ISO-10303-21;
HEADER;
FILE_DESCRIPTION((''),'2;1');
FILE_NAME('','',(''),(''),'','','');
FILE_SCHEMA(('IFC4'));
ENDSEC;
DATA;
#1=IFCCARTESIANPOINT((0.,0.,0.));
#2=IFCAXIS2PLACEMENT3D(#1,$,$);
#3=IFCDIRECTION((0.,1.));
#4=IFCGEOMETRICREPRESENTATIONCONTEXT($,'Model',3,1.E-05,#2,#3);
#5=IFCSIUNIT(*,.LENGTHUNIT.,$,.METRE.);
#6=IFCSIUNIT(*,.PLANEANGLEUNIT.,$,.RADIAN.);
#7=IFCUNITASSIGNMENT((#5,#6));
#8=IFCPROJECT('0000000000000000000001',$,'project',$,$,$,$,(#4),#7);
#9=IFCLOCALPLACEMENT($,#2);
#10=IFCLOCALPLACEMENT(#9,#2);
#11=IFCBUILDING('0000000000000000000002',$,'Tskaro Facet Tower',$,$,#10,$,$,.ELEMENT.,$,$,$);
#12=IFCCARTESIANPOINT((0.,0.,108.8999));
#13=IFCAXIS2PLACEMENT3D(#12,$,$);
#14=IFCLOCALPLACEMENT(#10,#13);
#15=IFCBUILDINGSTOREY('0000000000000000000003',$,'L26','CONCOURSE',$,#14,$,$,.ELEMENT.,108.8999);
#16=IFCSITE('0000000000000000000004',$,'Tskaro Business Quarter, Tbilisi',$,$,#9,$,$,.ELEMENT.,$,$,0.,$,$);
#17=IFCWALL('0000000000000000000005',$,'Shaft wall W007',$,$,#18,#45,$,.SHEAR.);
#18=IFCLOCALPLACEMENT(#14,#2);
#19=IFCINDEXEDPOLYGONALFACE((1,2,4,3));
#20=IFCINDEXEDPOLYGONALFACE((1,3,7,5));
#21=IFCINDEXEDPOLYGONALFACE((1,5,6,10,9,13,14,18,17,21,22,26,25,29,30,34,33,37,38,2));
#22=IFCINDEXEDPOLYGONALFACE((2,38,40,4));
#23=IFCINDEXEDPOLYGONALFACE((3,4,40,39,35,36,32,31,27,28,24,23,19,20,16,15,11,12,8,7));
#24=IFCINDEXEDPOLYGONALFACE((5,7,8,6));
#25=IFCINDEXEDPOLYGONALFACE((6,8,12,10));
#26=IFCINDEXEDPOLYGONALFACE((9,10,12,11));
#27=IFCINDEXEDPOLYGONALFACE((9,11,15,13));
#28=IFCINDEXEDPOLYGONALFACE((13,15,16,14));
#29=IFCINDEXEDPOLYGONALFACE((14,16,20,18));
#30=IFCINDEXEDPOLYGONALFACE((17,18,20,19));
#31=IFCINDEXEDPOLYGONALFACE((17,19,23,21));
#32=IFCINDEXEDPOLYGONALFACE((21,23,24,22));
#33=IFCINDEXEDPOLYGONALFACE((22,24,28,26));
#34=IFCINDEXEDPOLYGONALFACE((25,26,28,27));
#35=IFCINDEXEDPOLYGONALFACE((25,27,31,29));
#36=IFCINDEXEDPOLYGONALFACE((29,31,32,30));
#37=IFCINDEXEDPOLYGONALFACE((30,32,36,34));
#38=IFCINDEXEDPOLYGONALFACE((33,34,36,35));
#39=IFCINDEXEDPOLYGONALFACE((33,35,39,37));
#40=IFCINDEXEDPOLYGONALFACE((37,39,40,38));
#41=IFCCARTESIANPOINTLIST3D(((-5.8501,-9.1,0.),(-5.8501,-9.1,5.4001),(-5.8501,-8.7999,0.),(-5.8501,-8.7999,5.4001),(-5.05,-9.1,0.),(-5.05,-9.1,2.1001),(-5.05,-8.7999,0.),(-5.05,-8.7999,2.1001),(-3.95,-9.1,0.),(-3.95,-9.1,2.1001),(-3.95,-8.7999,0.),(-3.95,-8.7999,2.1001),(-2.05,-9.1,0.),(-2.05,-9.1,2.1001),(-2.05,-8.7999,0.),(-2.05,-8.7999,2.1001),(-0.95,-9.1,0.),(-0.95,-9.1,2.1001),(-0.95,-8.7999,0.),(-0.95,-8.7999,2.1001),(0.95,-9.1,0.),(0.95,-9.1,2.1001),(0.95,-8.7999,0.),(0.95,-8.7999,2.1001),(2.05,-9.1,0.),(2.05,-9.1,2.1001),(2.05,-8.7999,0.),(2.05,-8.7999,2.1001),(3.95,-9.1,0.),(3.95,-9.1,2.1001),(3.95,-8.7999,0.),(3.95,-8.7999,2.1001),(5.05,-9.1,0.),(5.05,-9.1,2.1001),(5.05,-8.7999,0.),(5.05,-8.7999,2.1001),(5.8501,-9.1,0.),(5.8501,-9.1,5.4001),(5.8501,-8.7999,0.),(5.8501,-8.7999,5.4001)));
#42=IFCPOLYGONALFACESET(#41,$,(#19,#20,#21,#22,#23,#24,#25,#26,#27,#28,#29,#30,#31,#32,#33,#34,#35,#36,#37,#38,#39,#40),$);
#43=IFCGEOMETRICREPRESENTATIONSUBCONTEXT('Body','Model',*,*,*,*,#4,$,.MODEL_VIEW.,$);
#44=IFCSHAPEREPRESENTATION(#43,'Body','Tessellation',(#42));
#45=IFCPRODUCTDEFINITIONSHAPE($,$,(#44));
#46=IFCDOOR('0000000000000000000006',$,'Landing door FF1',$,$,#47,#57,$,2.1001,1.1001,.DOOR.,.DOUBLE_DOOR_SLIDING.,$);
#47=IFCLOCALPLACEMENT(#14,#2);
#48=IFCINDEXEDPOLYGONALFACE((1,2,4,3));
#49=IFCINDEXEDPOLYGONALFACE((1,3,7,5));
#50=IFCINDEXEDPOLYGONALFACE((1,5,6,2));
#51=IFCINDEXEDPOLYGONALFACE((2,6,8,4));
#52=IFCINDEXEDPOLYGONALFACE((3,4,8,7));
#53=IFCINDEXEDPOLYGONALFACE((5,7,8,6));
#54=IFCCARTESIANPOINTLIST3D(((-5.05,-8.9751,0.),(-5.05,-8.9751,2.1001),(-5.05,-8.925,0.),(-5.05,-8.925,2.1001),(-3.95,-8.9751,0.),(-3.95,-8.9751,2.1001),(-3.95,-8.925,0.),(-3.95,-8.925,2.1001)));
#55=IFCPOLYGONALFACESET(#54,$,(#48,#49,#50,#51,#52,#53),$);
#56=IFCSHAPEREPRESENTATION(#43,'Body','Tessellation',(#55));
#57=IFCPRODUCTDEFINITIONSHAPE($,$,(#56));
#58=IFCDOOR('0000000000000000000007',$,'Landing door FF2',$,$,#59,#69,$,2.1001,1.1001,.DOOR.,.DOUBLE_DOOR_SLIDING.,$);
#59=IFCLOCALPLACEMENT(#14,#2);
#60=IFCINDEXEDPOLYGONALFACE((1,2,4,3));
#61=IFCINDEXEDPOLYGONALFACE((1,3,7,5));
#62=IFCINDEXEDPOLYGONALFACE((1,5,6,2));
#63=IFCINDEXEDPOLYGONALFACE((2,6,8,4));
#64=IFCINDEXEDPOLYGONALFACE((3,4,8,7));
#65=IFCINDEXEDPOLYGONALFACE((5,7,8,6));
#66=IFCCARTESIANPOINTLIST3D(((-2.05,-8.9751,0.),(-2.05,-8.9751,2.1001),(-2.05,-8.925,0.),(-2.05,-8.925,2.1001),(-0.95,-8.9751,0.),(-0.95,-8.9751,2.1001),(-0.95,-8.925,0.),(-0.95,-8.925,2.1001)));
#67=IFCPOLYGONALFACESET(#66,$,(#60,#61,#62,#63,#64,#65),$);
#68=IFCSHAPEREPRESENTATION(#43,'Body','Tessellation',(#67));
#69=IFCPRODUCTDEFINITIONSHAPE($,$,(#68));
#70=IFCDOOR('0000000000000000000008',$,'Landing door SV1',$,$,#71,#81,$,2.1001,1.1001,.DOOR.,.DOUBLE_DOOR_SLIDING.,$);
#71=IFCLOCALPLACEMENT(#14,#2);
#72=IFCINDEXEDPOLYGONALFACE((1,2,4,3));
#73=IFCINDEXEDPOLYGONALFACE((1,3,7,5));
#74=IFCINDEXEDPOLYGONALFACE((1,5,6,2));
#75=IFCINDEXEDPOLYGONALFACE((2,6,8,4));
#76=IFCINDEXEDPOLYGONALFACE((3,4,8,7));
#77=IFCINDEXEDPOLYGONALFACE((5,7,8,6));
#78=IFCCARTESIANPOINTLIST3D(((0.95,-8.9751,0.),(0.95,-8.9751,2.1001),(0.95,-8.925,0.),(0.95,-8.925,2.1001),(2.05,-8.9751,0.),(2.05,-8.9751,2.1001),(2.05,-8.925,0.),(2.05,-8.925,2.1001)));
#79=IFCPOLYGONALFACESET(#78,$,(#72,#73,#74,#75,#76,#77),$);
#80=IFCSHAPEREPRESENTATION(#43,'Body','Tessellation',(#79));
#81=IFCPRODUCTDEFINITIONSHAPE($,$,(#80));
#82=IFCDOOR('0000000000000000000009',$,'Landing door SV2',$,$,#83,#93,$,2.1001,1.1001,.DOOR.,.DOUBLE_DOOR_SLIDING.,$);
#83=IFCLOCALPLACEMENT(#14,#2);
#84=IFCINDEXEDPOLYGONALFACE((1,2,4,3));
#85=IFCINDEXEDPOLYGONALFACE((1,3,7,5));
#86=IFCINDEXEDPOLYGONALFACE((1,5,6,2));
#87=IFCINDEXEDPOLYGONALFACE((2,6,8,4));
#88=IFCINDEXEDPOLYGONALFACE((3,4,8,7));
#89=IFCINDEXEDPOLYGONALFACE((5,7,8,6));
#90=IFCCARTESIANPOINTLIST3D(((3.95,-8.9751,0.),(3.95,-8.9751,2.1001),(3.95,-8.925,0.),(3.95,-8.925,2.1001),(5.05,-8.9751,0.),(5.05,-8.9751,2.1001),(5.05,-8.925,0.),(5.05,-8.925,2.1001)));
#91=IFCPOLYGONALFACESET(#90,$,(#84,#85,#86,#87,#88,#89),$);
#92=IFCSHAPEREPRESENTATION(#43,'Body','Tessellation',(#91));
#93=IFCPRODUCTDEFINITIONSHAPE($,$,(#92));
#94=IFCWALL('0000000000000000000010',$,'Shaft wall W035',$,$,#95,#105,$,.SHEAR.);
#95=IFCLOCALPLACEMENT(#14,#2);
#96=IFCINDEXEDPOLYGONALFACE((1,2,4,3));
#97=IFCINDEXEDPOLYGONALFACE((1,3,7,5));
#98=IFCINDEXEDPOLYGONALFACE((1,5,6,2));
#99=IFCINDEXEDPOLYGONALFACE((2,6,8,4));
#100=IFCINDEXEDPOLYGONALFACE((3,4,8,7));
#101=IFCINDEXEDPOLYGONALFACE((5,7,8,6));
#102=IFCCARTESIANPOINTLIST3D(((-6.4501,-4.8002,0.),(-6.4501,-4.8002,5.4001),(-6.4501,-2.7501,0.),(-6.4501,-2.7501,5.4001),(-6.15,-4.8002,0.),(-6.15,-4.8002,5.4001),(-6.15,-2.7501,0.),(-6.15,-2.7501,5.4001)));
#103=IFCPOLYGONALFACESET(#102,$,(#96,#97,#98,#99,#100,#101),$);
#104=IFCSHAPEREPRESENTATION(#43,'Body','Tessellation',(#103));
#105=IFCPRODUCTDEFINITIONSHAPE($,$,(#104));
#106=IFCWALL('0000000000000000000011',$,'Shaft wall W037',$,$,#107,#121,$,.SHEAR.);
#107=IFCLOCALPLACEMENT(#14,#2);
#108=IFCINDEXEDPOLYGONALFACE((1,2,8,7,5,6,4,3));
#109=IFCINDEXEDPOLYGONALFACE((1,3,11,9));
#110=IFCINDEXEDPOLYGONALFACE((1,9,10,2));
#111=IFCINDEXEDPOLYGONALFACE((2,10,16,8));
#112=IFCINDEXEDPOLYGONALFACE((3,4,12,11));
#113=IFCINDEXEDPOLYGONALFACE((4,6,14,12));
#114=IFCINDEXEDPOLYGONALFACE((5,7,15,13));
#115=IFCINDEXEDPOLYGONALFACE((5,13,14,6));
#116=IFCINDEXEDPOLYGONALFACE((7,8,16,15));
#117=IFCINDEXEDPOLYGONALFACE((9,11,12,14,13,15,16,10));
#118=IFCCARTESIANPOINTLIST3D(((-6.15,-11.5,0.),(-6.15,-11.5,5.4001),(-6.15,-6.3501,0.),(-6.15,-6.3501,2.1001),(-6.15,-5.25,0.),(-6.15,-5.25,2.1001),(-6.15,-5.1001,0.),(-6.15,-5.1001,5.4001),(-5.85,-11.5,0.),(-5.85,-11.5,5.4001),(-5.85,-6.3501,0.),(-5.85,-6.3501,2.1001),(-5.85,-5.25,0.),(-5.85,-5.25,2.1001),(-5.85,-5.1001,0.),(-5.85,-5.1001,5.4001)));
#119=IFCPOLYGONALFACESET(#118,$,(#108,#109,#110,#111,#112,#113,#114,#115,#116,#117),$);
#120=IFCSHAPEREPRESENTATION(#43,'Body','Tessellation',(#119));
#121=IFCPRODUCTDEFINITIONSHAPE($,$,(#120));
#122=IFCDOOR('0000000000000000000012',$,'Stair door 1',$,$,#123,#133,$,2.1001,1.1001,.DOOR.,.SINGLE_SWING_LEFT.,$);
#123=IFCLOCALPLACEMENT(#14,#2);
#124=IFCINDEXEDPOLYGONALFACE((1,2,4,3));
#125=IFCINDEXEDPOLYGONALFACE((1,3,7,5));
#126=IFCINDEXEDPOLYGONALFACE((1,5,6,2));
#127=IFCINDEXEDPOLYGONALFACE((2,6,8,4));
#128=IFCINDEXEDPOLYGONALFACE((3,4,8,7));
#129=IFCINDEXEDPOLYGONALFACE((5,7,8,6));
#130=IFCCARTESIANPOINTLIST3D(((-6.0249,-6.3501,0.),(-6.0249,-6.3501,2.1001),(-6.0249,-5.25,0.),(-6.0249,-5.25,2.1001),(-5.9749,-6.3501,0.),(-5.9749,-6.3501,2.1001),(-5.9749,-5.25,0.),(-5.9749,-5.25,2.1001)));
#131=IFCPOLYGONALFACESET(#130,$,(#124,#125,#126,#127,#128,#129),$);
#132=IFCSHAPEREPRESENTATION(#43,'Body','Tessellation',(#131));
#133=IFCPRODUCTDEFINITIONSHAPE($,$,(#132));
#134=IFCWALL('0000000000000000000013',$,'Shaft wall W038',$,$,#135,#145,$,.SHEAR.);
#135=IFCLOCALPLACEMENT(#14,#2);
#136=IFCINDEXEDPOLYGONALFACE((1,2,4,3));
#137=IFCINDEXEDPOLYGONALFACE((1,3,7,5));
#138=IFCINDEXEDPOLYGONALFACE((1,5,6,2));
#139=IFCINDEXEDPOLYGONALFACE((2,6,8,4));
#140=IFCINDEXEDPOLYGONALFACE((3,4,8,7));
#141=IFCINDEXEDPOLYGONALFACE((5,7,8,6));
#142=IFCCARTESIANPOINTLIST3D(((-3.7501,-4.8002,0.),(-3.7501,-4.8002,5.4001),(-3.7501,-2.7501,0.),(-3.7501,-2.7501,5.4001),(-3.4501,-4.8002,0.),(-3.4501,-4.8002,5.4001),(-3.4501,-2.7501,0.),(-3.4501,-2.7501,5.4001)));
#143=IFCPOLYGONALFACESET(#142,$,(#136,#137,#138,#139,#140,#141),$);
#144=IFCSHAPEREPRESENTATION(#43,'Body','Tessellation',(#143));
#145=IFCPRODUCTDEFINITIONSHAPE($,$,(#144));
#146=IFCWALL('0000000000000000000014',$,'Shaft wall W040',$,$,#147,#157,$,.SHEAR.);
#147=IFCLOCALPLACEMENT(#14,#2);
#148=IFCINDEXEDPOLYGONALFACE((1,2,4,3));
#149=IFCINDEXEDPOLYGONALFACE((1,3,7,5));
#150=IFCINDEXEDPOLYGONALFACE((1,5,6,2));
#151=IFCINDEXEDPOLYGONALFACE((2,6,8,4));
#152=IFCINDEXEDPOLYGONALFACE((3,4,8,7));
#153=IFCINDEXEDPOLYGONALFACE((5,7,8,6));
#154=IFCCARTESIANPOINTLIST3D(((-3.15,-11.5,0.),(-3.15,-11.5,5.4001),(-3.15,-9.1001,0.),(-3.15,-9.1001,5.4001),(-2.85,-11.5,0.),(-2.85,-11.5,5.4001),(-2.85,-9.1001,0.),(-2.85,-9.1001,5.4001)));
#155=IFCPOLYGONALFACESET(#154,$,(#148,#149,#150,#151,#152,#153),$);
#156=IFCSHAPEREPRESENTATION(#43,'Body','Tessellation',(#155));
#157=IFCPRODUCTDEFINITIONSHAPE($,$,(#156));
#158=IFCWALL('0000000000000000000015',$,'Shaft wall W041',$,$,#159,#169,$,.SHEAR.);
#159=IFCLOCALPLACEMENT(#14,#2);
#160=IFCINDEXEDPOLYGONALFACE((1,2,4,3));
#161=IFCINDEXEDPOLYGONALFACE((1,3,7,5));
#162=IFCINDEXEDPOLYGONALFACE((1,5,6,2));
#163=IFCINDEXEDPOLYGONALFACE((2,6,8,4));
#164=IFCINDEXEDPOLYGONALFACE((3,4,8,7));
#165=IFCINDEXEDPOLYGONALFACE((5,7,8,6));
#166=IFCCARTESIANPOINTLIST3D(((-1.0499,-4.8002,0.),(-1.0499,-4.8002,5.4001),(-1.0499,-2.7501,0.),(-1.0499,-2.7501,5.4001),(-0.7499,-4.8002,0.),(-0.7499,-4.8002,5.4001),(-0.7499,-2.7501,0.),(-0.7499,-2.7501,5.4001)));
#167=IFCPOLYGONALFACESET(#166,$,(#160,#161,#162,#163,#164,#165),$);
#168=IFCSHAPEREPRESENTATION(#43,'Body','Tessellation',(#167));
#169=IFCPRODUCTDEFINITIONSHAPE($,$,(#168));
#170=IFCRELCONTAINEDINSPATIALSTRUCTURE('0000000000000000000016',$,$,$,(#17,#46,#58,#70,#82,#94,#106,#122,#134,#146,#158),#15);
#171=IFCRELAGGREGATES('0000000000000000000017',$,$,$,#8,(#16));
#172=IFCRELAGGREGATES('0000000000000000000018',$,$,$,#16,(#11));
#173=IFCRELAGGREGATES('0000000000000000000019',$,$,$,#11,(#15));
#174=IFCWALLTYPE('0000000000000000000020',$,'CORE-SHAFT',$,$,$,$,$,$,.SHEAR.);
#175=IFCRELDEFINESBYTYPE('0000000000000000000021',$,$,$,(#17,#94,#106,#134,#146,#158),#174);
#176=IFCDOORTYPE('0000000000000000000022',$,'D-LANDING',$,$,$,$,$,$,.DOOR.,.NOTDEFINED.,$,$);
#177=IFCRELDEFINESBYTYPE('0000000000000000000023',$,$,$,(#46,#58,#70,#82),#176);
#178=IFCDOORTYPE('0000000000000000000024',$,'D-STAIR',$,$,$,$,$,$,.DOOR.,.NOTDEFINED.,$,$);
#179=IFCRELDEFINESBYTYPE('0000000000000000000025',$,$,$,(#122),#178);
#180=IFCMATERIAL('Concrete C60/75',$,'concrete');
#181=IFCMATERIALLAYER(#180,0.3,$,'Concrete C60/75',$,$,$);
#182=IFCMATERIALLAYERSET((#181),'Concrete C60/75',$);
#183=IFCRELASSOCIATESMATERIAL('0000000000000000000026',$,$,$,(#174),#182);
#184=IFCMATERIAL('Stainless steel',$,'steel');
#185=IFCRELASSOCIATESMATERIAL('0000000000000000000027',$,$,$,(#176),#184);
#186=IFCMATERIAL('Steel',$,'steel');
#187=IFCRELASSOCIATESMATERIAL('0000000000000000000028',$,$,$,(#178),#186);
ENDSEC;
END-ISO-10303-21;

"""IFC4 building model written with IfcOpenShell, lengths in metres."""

from ifc_helpers import new_model, si_unit, direction, frame, frame_2d, origin, place, context, subcontext, project, spatial, rectangle, extrude, material, layer, layer_set, type_object, element, fill, save


model = new_model("IFC4")

# Units and contexts
model_context = context("Model", 3, precision=1e-05, world=origin(), true_north=direction((0.0, 1.0)))
body_context = subcontext(model_context, "Body", "Model", "MODEL_VIEW")
ifc_project = project(units=[si_unit("LENGTHUNIT", "METRE"), si_unit("PLANEANGLEUNIT", "RADIAN")], contexts=[model_context])

# Site, building, storey
site_placement = place(None, origin())
site = spatial("IfcSite", under=ifc_project, at=site_placement, Name="Tskaro Business Quarter, Tbilisi", CompositionType="ELEMENT", RefElevation=0.0)
building_placement = place(site_placement, origin())
building = spatial("IfcBuilding", under=site, at=building_placement, Name="Tskaro Facet Tower", CompositionType="ELEMENT")
storey_placement = place(building_placement, frame((0.0, 0.0, 108.8999)))
storey = spatial("IfcBuildingStorey", under=building, at=storey_placement, Name="L26", Description="CONCOURSE", CompositionType="ELEMENT", Elevation=108.8999)

# Shared definitions
ifc_material_1 = material(Name="Concrete C60/75", Category="concrete")

# Wall, openings, doors
ifc_layer_1 = layer(ifc_material_1, 0.3, Name="Concrete C60/75")
ifc_layer_set_1 = layer_set([ifc_layer_1], Name="Concrete C60/75")
wall_type = type_object("IfcWallType", Name="CORE-SHAFT", PredefinedType="SHEAR", material=ifc_layer_set_1)
wall_1_placement = place(storey_placement, frame((-5.8501, -8.95, 0.0), z_axis=(0.0, 0.0, 1.0), x_axis=(1.0, 0.0, 0.0)))
wall_1 = element("IfcWall", 1, at=wall_1_placement, inside=storey, type_object=wall_type, Name="Shaft wall W007", PredefinedType="SHEAR", context=body_context, shape_type="SweptSolid", body=[
    extrude(rectangle(XDim=11.7002, YDim=0.3, at=frame_2d((5.8501, 0.0))), origin(), (0.0, 0.0, 1.0), 5.4001),
])
opening_1_placement = place(wall_1_placement, frame((0.8, 0.0, 0.0)))
opening_1 = element("IfcOpeningElement", 2, at=opening_1_placement, cuts=wall_1, PredefinedType="OPENING", context=body_context, shape_type="SweptSolid", body=[
    extrude(rectangle(XDim=1.1001, YDim=2.1001, at=frame_2d((0.55, 1.05))), frame((0.0, 0.1599, 0.0), z_axis=(0.0, -1.0, 0.0), x_axis=(1.0, 0.0, 0.0)), (0.0, 0.0, 1.0), 0.3201),
])
opening_2_placement = place(wall_1_placement, frame((3.8, 0.0, 0.0)))
opening_2 = element("IfcOpeningElement", 3, at=opening_2_placement, cuts=wall_1, PredefinedType="OPENING", context=body_context, shape_type="SweptSolid", body=[
    extrude(rectangle(XDim=1.1001, YDim=2.1001, at=frame_2d((0.55, 1.05))), frame((0.0, 0.1599, 0.0), z_axis=(0.0, -1.0, 0.0), x_axis=(1.0, 0.0, 0.0)), (0.0, 0.0, 1.0), 0.3201),
])
opening_3_placement = place(wall_1_placement, frame((6.8, 0.0, 0.0)))
opening_3 = element("IfcOpeningElement", 4, at=opening_3_placement, cuts=wall_1, PredefinedType="OPENING", context=body_context, shape_type="SweptSolid", body=[
    extrude(rectangle(XDim=1.1001, YDim=2.1001, at=frame_2d((0.55, 1.05))), frame((0.0, 0.1599, 0.0), z_axis=(0.0, -1.0, 0.0), x_axis=(1.0, 0.0, 0.0)), (0.0, 0.0, 1.0), 0.3201),
])
opening_4_placement = place(wall_1_placement, frame((9.8, 0.0, 0.0)))
opening_4 = element("IfcOpeningElement", 5, at=opening_4_placement, cuts=wall_1, PredefinedType="OPENING", context=body_context, shape_type="SweptSolid", body=[
    extrude(rectangle(XDim=1.1001, YDim=2.1001, at=frame_2d((0.55, 1.05))), frame((0.0, 0.1599, 0.0), z_axis=(0.0, -1.0, 0.0), x_axis=(1.0, 0.0, 0.0)), (0.0, 0.0, 1.0), 0.3201),
])
ifc_material_2 = material(Name="Stainless steel", Category="steel")
door_type_1 = type_object("IfcDoorType", Name="D-LANDING", OperationType="NOTDEFINED", PredefinedType="DOOR", material=ifc_material_2)
door_1_placement = place(opening_1_placement, origin())
door_1 = element("IfcDoor", 6, at=door_1_placement, inside=storey, type_object=door_type_1, Name="Landing door FF1", OperationType="DOUBLE_DOOR_SLIDING", OverallHeight=2.1001, OverallWidth=1.1001, PredefinedType="DOOR", context=body_context, shape_type="SweptSolid", body=[
    extrude(rectangle(XDim=1.1001, YDim=2.1001, at=frame_2d((0.55, 1.05))), frame((0.0, 0.0249, 0.0), z_axis=(0.0, -1.0, 0.0), x_axis=(1.0, 0.0, 0.0)), (0.0, 0.0, 1.0), 0.05),
])
fill(opening_1, door_1)
door_2_placement = place(opening_2_placement, origin())
door_2 = element("IfcDoor", 7, at=door_2_placement, inside=storey, type_object=door_type_1, Name="Landing door FF2", OperationType="DOUBLE_DOOR_SLIDING", OverallHeight=2.1001, OverallWidth=1.1001, PredefinedType="DOOR", context=body_context, shape_type="SweptSolid", body=[
    extrude(rectangle(XDim=1.1001, YDim=2.1001, at=frame_2d((0.55, 1.05))), frame((0.0, 0.0249, 0.0), z_axis=(0.0, -1.0, 0.0), x_axis=(1.0, 0.0, 0.0)), (0.0, 0.0, 1.0), 0.05),
])
fill(opening_2, door_2)
door_3_placement = place(opening_3_placement, origin())
door_3 = element("IfcDoor", 8, at=door_3_placement, inside=storey, type_object=door_type_1, Name="Landing door SV1", OperationType="DOUBLE_DOOR_SLIDING", OverallHeight=2.1001, OverallWidth=1.1001, PredefinedType="DOOR", context=body_context, shape_type="SweptSolid", body=[
    extrude(rectangle(XDim=1.1001, YDim=2.1001, at=frame_2d((0.55, 1.05))), frame((0.0, 0.0249, 0.0), z_axis=(0.0, -1.0, 0.0), x_axis=(1.0, 0.0, 0.0)), (0.0, 0.0, 1.0), 0.05),
])
fill(opening_3, door_3)
door_4_placement = place(opening_4_placement, origin())
door_4 = element("IfcDoor", 9, at=door_4_placement, inside=storey, type_object=door_type_1, Name="Landing door SV2", OperationType="DOUBLE_DOOR_SLIDING", OverallHeight=2.1001, OverallWidth=1.1001, PredefinedType="DOOR", context=body_context, shape_type="SweptSolid", body=[
    extrude(rectangle(XDim=1.1001, YDim=2.1001, at=frame_2d((0.55, 1.05))), frame((0.0, 0.0249, 0.0), z_axis=(0.0, -1.0, 0.0), x_axis=(1.0, 0.0, 0.0)), (0.0, 0.0, 1.0), 0.05),
])
fill(opening_4, door_4)

# Wall
wall_2_placement = place(storey_placement, frame((-6.3, -4.8, 0.0), z_axis=(0.0, 0.0, 1.0), x_axis=(0.0, 1.0, 0.0)))
element("IfcWall", 10, at=wall_2_placement, inside=storey, type_object=wall_type, Name="Shaft wall W035", PredefinedType="SHEAR", context=body_context, shape_type="SweptSolid", body=[
    extrude(rectangle(XDim=2.05, YDim=0.3, at=frame_2d((1.0249, 0.0))), origin(), (0.0, 0.0, 1.0), 5.4001),
])

# Wall, opening, door
wall_3_placement = place(storey_placement, frame((-6.0, -11.5, 0.0), z_axis=(0.0, 0.0, 1.0), x_axis=(0.0, 1.0, 0.0)))
wall_3 = element("IfcWall", 11, at=wall_3_placement, inside=storey, type_object=wall_type, Name="Shaft wall W037", PredefinedType="SHEAR", context=body_context, shape_type="SweptSolid", body=[
    extrude(rectangle(XDim=6.3999, YDim=0.3, at=frame_2d((3.2, 0.0))), origin(), (0.0, 0.0, 1.0), 5.4001),
])
opening_5_placement = place(wall_3_placement, frame((5.1499, 0.0, 0.0)))
opening_5 = element("IfcOpeningElement", 12, at=opening_5_placement, cuts=wall_3, PredefinedType="OPENING", context=body_context, shape_type="SweptSolid", body=[
    extrude(rectangle(XDim=1.1001, YDim=2.1001, at=frame_2d((0.55, 1.05))), frame((0.0, 0.1599, 0.0), z_axis=(0.0, -1.0, 0.0), x_axis=(1.0, 0.0, 0.0)), (0.0, 0.0, 1.0), 0.3201),
])
ifc_material_3 = material(Name="Steel", Category="steel")
door_type_2 = type_object("IfcDoorType", Name="D-STAIR", OperationType="NOTDEFINED", PredefinedType="DOOR", material=ifc_material_3)
door_5_placement = place(opening_5_placement, origin())
door_5 = element("IfcDoor", 13, at=door_5_placement, inside=storey, type_object=door_type_2, Name="Stair door 1", OperationType="SINGLE_SWING_LEFT", OverallHeight=2.1001, OverallWidth=1.1001, PredefinedType="DOOR", context=body_context, shape_type="SweptSolid", body=[
    extrude(rectangle(XDim=1.1001, YDim=2.1001, at=frame_2d((0.55, 1.05))), frame((0.0, 0.0249, 0.0), z_axis=(0.0, -1.0, 0.0), x_axis=(1.0, 0.0, 0.0)), (0.0, 0.0, 1.0), 0.05),
])
fill(opening_5, door_5)

# Walls
wall_4_placement = place(storey_placement, frame((-3.6001, -4.8, 0.0), z_axis=(0.0, 0.0, 1.0), x_axis=(0.0, 1.0, 0.0)))
element("IfcWall", 14, at=wall_4_placement, inside=storey, type_object=wall_type, Name="Shaft wall W038", PredefinedType="SHEAR", context=body_context, shape_type="SweptSolid", body=[
    extrude(rectangle(XDim=2.05, YDim=0.3, at=frame_2d((1.0249, 0.0))), origin(), (0.0, 0.0, 1.0), 5.4001),
])
wall_5_placement = place(storey_placement, frame((-3.0, -11.5, 0.0), z_axis=(0.0, 0.0, 1.0), x_axis=(0.0, 1.0, 0.0)))
element("IfcWall", 15, at=wall_5_placement, inside=storey, type_object=wall_type, Name="Shaft wall W040", PredefinedType="SHEAR", context=body_context, shape_type="SweptSolid", body=[
    extrude(rectangle(XDim=2.3999, YDim=0.3, at=frame_2d((1.2, 0.0))), origin(), (0.0, 0.0, 1.0), 5.4001),
])
wall_6_placement = place(storey_placement, frame((-0.8999, -4.8, 0.0), z_axis=(0.0, 0.0, 1.0), x_axis=(0.0, 1.0, 0.0)))
element("IfcWall", 16, at=wall_6_placement, inside=storey, type_object=wall_type, Name="Shaft wall W041", PredefinedType="SHEAR", context=body_context, shape_type="SweptSolid", body=[
    extrude(rectangle(XDim=2.05, YDim=0.3, at=frame_2d((1.0249, 0.0))), origin(), (0.0, 0.0, 1.0), 5.4001),
])

save(model, "model.ifc")
